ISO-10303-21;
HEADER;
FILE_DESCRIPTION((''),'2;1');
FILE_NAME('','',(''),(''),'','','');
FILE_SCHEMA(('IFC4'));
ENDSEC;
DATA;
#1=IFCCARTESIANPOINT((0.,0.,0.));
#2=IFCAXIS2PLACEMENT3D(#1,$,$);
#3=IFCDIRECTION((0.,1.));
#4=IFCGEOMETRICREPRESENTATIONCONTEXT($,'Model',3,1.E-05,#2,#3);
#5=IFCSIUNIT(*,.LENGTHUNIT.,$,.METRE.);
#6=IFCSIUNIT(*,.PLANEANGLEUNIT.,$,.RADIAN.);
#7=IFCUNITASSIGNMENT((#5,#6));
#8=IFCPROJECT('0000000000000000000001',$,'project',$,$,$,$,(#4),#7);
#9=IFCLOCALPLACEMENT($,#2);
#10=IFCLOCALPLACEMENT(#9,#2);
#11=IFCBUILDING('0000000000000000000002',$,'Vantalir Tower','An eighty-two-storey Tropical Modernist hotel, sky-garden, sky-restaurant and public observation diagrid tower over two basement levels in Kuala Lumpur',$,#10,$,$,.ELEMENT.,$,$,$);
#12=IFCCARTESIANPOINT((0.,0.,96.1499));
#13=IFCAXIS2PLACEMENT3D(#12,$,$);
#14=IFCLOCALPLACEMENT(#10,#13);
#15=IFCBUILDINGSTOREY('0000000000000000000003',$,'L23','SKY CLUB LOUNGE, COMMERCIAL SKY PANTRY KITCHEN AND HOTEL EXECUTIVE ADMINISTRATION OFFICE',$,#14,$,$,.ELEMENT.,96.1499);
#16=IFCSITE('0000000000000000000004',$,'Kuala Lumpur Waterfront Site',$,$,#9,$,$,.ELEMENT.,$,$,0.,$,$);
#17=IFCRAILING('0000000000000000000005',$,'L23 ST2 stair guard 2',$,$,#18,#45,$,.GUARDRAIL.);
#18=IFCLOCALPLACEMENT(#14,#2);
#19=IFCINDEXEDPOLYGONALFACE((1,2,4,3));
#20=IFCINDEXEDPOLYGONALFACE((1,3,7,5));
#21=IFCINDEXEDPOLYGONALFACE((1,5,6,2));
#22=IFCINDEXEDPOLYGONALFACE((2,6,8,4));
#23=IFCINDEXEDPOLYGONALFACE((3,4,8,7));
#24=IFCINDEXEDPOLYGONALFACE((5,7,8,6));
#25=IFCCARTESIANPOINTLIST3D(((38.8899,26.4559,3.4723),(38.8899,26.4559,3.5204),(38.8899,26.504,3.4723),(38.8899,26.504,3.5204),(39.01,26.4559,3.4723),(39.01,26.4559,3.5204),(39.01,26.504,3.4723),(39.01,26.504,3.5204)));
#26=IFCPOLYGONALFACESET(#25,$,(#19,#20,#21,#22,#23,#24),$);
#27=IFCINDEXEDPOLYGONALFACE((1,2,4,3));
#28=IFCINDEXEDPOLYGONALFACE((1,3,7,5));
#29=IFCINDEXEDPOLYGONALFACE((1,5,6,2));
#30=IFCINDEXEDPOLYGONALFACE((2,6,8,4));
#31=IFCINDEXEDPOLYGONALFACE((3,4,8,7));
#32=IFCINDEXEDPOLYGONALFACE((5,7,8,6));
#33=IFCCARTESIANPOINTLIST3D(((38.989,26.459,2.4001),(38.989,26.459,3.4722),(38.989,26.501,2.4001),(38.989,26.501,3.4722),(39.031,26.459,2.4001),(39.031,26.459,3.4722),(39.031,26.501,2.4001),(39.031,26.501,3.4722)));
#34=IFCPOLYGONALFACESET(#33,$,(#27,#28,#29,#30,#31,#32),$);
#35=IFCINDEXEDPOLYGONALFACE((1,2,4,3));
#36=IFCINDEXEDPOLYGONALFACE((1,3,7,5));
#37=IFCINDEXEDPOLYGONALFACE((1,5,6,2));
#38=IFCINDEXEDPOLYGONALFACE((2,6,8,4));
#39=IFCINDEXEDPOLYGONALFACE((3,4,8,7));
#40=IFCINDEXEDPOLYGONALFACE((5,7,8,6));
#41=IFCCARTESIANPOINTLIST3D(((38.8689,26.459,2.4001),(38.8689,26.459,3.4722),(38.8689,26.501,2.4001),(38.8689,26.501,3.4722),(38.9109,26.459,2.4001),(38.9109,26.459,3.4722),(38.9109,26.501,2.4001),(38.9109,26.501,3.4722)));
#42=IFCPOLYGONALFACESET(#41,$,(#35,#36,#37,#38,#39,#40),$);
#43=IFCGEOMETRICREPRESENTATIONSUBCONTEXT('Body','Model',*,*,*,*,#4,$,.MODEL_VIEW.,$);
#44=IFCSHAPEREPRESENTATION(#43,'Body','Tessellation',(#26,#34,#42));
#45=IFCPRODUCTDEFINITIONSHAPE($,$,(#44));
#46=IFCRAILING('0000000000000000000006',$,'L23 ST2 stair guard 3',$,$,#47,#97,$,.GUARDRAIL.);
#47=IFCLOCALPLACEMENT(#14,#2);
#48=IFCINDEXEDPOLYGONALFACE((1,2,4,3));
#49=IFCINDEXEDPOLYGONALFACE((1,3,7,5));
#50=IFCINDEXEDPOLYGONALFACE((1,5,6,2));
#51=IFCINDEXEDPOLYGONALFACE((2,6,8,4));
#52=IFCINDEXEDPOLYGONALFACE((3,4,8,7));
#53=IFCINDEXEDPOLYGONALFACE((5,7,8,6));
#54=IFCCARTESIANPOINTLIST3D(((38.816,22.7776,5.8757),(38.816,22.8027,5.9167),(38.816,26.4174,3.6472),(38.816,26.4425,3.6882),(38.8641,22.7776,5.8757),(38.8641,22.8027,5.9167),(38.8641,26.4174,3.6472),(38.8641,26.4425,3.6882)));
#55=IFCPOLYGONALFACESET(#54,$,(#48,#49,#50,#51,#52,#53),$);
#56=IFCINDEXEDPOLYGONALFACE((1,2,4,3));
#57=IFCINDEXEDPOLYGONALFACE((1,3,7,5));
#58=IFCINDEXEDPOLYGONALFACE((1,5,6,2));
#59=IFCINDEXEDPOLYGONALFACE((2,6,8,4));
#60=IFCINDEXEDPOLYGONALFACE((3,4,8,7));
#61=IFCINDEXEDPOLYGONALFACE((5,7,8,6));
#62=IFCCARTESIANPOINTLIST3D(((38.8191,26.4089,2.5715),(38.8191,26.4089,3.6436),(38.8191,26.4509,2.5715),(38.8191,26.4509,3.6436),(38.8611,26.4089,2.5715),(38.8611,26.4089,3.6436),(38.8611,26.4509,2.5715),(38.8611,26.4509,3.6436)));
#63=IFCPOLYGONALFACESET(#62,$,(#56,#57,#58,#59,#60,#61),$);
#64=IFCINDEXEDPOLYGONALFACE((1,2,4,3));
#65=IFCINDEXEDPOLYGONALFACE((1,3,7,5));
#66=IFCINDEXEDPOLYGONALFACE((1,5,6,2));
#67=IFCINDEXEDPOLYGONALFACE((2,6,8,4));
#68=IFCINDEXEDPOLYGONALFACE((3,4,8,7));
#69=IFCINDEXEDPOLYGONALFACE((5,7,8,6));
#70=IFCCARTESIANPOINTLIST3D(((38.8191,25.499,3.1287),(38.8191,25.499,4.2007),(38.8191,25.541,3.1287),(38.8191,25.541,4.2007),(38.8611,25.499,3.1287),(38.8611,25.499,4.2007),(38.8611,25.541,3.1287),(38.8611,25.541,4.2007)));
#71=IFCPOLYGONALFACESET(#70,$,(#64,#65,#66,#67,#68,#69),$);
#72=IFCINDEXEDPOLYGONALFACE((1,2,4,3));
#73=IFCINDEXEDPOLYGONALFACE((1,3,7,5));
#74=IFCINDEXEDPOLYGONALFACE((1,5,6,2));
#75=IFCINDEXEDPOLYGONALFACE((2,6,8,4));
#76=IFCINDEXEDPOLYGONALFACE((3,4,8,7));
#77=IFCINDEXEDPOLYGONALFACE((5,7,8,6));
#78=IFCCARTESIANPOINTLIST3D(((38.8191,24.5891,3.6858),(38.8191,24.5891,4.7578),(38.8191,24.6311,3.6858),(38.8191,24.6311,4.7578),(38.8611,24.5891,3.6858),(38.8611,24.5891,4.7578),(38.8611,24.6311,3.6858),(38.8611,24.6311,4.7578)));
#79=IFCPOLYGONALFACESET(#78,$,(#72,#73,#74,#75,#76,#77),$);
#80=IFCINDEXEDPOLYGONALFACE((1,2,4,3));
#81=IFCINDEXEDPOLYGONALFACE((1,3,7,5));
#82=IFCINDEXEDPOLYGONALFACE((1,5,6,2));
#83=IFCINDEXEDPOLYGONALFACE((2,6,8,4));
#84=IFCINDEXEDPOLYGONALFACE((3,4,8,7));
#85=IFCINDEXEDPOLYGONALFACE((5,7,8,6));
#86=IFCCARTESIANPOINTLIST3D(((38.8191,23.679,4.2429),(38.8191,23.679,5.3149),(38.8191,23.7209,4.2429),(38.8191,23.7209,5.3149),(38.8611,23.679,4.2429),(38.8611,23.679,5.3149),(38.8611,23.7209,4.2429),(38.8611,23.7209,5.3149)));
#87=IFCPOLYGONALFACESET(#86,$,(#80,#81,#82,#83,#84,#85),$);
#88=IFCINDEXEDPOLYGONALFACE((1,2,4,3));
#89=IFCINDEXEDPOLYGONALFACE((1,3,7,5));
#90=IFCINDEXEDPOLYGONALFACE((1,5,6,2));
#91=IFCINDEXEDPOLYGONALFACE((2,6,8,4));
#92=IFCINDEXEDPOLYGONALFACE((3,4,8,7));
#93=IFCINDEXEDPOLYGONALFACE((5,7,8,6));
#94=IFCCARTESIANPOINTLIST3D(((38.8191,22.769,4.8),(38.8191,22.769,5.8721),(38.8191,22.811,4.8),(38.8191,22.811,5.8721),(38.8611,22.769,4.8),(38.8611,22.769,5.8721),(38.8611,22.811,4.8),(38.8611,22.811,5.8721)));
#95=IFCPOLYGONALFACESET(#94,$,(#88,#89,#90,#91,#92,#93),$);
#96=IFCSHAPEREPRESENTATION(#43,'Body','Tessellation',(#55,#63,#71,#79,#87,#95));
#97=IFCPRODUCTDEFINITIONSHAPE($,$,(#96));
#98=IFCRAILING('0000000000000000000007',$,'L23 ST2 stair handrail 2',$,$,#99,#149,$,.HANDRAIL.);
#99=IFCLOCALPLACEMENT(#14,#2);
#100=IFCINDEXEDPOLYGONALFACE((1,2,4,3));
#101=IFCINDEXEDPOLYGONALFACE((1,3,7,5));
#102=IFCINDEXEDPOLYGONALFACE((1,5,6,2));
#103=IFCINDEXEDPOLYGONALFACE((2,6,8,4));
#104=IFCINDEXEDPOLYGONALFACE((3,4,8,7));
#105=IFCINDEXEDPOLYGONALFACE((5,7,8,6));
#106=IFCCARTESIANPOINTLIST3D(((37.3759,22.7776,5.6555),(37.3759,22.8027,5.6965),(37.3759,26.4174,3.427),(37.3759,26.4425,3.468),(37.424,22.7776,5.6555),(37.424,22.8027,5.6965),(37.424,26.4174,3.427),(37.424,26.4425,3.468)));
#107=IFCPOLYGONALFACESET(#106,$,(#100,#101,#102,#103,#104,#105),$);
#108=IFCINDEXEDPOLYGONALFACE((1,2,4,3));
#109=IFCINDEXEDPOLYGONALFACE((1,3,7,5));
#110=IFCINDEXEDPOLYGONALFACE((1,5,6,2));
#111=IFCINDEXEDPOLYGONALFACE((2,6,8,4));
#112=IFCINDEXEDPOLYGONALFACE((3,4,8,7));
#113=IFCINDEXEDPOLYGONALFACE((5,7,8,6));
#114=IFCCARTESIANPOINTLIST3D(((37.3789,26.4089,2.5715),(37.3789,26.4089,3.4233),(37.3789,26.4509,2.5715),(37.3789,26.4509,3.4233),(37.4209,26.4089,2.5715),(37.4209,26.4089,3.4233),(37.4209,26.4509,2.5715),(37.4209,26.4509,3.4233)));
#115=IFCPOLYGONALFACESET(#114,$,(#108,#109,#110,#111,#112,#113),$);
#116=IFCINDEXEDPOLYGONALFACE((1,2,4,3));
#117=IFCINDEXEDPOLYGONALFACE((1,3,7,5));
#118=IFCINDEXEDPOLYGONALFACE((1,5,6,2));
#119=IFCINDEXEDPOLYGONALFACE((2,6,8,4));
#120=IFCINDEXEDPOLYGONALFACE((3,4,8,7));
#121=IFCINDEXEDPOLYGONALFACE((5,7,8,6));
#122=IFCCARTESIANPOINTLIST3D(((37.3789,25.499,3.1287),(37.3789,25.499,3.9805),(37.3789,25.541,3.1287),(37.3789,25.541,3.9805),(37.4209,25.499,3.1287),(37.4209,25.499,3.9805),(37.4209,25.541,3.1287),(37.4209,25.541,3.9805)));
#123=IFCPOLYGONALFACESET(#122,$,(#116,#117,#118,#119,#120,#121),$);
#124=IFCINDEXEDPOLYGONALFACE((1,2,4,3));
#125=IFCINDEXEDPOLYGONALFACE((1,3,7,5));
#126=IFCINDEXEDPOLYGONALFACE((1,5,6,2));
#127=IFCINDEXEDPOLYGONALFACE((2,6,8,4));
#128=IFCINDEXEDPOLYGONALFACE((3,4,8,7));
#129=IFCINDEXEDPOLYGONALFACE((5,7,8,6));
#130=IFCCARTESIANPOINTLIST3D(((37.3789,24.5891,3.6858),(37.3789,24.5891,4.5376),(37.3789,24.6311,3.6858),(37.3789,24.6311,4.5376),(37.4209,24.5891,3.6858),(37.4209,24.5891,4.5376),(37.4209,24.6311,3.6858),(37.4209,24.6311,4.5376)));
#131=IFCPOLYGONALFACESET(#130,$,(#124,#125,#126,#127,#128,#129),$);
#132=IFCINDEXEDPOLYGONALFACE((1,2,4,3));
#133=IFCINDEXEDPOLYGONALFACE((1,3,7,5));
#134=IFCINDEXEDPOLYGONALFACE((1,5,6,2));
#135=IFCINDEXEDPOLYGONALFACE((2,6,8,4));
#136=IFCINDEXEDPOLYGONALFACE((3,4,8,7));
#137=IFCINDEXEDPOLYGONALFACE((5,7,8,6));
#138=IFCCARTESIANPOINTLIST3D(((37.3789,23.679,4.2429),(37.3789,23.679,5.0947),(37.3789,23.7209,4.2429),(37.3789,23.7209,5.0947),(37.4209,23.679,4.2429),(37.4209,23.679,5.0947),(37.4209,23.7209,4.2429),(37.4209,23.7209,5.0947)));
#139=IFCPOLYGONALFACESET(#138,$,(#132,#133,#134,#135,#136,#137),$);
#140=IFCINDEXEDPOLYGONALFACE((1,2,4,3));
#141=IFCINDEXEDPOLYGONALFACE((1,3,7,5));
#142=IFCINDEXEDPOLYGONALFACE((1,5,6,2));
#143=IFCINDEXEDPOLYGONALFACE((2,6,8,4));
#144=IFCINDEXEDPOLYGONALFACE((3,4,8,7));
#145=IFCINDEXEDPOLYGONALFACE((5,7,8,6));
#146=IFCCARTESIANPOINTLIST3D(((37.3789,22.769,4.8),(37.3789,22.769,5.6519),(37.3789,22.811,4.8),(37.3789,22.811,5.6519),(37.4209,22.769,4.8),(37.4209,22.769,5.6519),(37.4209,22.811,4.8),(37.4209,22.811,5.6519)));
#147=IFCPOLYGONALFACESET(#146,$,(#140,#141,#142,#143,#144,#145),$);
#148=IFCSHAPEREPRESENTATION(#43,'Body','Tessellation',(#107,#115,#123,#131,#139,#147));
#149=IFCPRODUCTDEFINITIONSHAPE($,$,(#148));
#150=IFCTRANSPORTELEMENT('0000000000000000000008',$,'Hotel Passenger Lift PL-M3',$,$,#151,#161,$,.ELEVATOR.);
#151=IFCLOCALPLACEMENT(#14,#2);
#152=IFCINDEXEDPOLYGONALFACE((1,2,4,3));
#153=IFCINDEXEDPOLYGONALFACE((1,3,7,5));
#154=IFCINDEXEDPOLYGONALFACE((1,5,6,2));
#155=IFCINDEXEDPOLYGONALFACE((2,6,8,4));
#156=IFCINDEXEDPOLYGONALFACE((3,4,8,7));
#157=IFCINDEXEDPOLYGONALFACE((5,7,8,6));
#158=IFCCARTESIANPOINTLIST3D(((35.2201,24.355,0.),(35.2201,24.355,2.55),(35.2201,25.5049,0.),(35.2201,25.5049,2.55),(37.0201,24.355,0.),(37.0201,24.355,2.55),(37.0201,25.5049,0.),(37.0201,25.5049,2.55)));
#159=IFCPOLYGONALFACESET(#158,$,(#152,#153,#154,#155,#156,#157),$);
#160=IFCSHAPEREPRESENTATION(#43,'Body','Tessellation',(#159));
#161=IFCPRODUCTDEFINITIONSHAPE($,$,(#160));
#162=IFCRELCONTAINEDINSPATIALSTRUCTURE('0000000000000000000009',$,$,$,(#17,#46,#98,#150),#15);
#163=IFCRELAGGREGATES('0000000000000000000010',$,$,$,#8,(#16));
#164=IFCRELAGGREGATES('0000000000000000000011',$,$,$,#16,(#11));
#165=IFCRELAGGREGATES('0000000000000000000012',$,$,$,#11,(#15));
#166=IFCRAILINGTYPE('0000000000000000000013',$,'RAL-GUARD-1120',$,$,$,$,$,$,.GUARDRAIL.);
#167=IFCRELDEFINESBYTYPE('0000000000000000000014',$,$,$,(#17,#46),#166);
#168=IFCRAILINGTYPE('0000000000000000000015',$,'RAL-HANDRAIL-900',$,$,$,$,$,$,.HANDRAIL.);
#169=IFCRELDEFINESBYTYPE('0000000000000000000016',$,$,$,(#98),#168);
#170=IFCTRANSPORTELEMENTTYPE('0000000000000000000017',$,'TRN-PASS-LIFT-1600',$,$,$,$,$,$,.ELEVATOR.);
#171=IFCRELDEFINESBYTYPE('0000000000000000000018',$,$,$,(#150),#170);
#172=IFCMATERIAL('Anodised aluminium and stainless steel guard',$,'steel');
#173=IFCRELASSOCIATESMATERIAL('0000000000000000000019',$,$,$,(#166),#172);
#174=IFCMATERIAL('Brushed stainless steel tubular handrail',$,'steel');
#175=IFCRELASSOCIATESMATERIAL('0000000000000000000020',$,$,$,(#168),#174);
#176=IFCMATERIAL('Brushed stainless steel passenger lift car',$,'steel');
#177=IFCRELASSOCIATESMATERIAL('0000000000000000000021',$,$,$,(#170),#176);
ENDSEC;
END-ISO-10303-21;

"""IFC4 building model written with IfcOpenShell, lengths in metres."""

from ifc_helpers import new_model, si_unit, direction, frame, origin, origin_2d, place, context, subcontext, project, spatial, rectangle, extrude, material, type_object, element, save


model = new_model("IFC4")

# Units and contexts
model_context = context("Model", 3, precision=1e-05, world=origin(), true_north=direction((0.0, 1.0)))
body_context = subcontext(model_context, "Body", "Model", "MODEL_VIEW")
ifc_project = project(units=[si_unit("LENGTHUNIT", "METRE"), si_unit("PLANEANGLEUNIT", "RADIAN")], contexts=[model_context])

# Site, building, storey
site_placement = place(None, origin())
site = spatial("IfcSite", under=ifc_project, at=site_placement, Name="Kuala Lumpur Waterfront Site", CompositionType="ELEMENT", RefElevation=0.0)
building_placement = place(site_placement, origin())
building = spatial("IfcBuilding", under=site, at=building_placement, Name="Vantalir Tower", Description="An eighty-two-storey Tropical Modernist hotel, sky-garden, sky-restaurant and public observation diagrid tower over two basement levels in Kuala Lumpur", CompositionType="ELEMENT")
storey_placement = place(building_placement, frame((0.0, 0.0, 96.1499)))
storey = spatial("IfcBuildingStorey", under=building, at=storey_placement, Name="L23", Description="SKY CLUB LOUNGE, COMMERCIAL SKY PANTRY KITCHEN AND HOTEL EXECUTIVE ADMINISTRATION OFFICE", CompositionType="ELEMENT", Elevation=96.1499)

# Railings
ifc_material_1 = material(Name="Anodised aluminium and stainless steel guard", Category="steel")
railing_type_1 = type_object("IfcRailingType", Name="RAL-GUARD-1120", PredefinedType="GUARDRAIL", material=ifc_material_1)
railing_1_placement = place(storey_placement, frame((39.01, 26.48, 2.4001)))
element("IfcRailing", 1, at=railing_1_placement, inside=storey, type_object=railing_type_1, Name="L23 ST2 stair guard 2", PredefinedType="GUARDRAIL", context=body_context, shape_type="SweptSolid", body=[
    extrude(rectangle(XDim=0.0481, YDim=0.0481, at=origin_2d()), frame((0.0, 0.0, 1.0962), z_axis=(-1.0, 0.0, 0.0), x_axis=(0.0, -1.0, 0.0)), (0.0, 0.0, 1.0), 0.1201),
    extrude(rectangle(XDim=0.042, YDim=0.042, at=origin_2d()), origin(), (0.0, 0.0, 1.0), 1.072),
    extrude(rectangle(XDim=0.042, YDim=0.042, at=origin_2d()), frame((-0.1201, 0.0, 0.0)), (0.0, 0.0, 1.0), 1.072),
])
railing_2_placement = place(storey_placement, frame((38.8401, 26.4299, 2.5715)))
element("IfcRailing", 2, at=railing_2_placement, inside=storey, type_object=railing_type_1, Name="L23 ST2 stair guard 3", PredefinedType="GUARDRAIL", context=body_context, shape_type="SweptSolid", body=[
    extrude(rectangle(XDim=0.0481, YDim=0.0481, at=origin_2d()), frame((0.0, 0.0, 1.0962), z_axis=(0.0, -0.85285, 0.522156), x_axis=(1.0, 0.0, 0.0)), (0.0, 0.0, 1.0), 4.2678),
    extrude(rectangle(XDim=0.042, YDim=0.042, at=origin_2d()), origin(), (0.0, 0.0, 1.0), 1.072),
    extrude(rectangle(XDim=0.042, YDim=0.042, at=origin_2d()), frame((0.0, -0.9099, 0.5571)), (0.0, 0.0, 1.0), 1.072),
    extrude(rectangle(XDim=0.042, YDim=0.042, at=origin_2d()), frame((0.0, -1.8198, 1.1143)), (0.0, 0.0, 1.0), 1.072),
    extrude(rectangle(XDim=0.042, YDim=0.042, at=origin_2d()), frame((0.0, -2.73, 1.6714)), (0.0, 0.0, 1.0), 1.072),
    extrude(rectangle(XDim=0.042, YDim=0.042, at=origin_2d()), frame((0.0, -3.6399, 2.2285)), (0.0, 0.0, 1.0), 1.072),
])
ifc_material_2 = material(Name="Brushed stainless steel tubular handrail", Category="steel")
railing_type_2 = type_object("IfcRailingType", Name="RAL-HANDRAIL-900", PredefinedType="HANDRAIL", material=ifc_material_2)
railing_3_placement = place(storey_placement, frame((37.3999, 26.4299, 2.5715)))
element("IfcRailing", 3, at=railing_3_placement, inside=storey, type_object=railing_type_2, Name="L23 ST2 stair handrail 2", PredefinedType="HANDRAIL", context=body_context, shape_type="SweptSolid", body=[
    extrude(rectangle(XDim=0.0481, YDim=0.0481, at=origin_2d()), frame((0.0, 0.0, 0.876), z_axis=(0.0, -0.85285, 0.522156), x_axis=(1.0, 0.0, 0.0)), (0.0, 0.0, 1.0), 4.2678),
    extrude(rectangle(XDim=0.042, YDim=0.042, at=origin_2d()), origin(), (0.0, 0.0, 1.0), 0.8518),
    extrude(rectangle(XDim=0.042, YDim=0.042, at=origin_2d()), frame((0.0, -0.9099, 0.5571)), (0.0, 0.0, 1.0), 0.8518),
    extrude(rectangle(XDim=0.042, YDim=0.042, at=origin_2d()), frame((0.0, -1.8198, 1.1143)), (0.0, 0.0, 1.0), 0.8518),
    extrude(rectangle(XDim=0.042, YDim=0.042, at=origin_2d()), frame((0.0, -2.73, 1.6714)), (0.0, 0.0, 1.0), 0.8518),
    extrude(rectangle(XDim=0.042, YDim=0.042, at=origin_2d()), frame((0.0, -3.6399, 2.2285)), (0.0, 0.0, 1.0), 0.8518),
])

# Transport element
ifc_material_3 = material(Name="Brushed stainless steel passenger lift car", Category="steel")
transport_element_type = type_object("IfcTransportElementType", Name="TRN-PASS-LIFT-1600", PredefinedType="ELEVATOR", material=ifc_material_3)
transport_element_placement = place(storey_placement, frame((36.1201, 24.9299, 0.0), z_axis=(0.0, 0.0, 1.0), x_axis=(1.0, 0.0, 0.0)))
element("IfcTransportElement", 4, at=transport_element_placement, inside=storey, type_object=transport_element_type, Name="Hotel Passenger Lift PL-M3", PredefinedType="ELEVATOR", context=body_context, shape_type="SweptSolid", body=[
    extrude(rectangle(XDim=1.8, YDim=1.1499, at=origin_2d()), origin(), (0.0, 0.0, 1.0), 2.55),
])

save(model, "model.ifc")
